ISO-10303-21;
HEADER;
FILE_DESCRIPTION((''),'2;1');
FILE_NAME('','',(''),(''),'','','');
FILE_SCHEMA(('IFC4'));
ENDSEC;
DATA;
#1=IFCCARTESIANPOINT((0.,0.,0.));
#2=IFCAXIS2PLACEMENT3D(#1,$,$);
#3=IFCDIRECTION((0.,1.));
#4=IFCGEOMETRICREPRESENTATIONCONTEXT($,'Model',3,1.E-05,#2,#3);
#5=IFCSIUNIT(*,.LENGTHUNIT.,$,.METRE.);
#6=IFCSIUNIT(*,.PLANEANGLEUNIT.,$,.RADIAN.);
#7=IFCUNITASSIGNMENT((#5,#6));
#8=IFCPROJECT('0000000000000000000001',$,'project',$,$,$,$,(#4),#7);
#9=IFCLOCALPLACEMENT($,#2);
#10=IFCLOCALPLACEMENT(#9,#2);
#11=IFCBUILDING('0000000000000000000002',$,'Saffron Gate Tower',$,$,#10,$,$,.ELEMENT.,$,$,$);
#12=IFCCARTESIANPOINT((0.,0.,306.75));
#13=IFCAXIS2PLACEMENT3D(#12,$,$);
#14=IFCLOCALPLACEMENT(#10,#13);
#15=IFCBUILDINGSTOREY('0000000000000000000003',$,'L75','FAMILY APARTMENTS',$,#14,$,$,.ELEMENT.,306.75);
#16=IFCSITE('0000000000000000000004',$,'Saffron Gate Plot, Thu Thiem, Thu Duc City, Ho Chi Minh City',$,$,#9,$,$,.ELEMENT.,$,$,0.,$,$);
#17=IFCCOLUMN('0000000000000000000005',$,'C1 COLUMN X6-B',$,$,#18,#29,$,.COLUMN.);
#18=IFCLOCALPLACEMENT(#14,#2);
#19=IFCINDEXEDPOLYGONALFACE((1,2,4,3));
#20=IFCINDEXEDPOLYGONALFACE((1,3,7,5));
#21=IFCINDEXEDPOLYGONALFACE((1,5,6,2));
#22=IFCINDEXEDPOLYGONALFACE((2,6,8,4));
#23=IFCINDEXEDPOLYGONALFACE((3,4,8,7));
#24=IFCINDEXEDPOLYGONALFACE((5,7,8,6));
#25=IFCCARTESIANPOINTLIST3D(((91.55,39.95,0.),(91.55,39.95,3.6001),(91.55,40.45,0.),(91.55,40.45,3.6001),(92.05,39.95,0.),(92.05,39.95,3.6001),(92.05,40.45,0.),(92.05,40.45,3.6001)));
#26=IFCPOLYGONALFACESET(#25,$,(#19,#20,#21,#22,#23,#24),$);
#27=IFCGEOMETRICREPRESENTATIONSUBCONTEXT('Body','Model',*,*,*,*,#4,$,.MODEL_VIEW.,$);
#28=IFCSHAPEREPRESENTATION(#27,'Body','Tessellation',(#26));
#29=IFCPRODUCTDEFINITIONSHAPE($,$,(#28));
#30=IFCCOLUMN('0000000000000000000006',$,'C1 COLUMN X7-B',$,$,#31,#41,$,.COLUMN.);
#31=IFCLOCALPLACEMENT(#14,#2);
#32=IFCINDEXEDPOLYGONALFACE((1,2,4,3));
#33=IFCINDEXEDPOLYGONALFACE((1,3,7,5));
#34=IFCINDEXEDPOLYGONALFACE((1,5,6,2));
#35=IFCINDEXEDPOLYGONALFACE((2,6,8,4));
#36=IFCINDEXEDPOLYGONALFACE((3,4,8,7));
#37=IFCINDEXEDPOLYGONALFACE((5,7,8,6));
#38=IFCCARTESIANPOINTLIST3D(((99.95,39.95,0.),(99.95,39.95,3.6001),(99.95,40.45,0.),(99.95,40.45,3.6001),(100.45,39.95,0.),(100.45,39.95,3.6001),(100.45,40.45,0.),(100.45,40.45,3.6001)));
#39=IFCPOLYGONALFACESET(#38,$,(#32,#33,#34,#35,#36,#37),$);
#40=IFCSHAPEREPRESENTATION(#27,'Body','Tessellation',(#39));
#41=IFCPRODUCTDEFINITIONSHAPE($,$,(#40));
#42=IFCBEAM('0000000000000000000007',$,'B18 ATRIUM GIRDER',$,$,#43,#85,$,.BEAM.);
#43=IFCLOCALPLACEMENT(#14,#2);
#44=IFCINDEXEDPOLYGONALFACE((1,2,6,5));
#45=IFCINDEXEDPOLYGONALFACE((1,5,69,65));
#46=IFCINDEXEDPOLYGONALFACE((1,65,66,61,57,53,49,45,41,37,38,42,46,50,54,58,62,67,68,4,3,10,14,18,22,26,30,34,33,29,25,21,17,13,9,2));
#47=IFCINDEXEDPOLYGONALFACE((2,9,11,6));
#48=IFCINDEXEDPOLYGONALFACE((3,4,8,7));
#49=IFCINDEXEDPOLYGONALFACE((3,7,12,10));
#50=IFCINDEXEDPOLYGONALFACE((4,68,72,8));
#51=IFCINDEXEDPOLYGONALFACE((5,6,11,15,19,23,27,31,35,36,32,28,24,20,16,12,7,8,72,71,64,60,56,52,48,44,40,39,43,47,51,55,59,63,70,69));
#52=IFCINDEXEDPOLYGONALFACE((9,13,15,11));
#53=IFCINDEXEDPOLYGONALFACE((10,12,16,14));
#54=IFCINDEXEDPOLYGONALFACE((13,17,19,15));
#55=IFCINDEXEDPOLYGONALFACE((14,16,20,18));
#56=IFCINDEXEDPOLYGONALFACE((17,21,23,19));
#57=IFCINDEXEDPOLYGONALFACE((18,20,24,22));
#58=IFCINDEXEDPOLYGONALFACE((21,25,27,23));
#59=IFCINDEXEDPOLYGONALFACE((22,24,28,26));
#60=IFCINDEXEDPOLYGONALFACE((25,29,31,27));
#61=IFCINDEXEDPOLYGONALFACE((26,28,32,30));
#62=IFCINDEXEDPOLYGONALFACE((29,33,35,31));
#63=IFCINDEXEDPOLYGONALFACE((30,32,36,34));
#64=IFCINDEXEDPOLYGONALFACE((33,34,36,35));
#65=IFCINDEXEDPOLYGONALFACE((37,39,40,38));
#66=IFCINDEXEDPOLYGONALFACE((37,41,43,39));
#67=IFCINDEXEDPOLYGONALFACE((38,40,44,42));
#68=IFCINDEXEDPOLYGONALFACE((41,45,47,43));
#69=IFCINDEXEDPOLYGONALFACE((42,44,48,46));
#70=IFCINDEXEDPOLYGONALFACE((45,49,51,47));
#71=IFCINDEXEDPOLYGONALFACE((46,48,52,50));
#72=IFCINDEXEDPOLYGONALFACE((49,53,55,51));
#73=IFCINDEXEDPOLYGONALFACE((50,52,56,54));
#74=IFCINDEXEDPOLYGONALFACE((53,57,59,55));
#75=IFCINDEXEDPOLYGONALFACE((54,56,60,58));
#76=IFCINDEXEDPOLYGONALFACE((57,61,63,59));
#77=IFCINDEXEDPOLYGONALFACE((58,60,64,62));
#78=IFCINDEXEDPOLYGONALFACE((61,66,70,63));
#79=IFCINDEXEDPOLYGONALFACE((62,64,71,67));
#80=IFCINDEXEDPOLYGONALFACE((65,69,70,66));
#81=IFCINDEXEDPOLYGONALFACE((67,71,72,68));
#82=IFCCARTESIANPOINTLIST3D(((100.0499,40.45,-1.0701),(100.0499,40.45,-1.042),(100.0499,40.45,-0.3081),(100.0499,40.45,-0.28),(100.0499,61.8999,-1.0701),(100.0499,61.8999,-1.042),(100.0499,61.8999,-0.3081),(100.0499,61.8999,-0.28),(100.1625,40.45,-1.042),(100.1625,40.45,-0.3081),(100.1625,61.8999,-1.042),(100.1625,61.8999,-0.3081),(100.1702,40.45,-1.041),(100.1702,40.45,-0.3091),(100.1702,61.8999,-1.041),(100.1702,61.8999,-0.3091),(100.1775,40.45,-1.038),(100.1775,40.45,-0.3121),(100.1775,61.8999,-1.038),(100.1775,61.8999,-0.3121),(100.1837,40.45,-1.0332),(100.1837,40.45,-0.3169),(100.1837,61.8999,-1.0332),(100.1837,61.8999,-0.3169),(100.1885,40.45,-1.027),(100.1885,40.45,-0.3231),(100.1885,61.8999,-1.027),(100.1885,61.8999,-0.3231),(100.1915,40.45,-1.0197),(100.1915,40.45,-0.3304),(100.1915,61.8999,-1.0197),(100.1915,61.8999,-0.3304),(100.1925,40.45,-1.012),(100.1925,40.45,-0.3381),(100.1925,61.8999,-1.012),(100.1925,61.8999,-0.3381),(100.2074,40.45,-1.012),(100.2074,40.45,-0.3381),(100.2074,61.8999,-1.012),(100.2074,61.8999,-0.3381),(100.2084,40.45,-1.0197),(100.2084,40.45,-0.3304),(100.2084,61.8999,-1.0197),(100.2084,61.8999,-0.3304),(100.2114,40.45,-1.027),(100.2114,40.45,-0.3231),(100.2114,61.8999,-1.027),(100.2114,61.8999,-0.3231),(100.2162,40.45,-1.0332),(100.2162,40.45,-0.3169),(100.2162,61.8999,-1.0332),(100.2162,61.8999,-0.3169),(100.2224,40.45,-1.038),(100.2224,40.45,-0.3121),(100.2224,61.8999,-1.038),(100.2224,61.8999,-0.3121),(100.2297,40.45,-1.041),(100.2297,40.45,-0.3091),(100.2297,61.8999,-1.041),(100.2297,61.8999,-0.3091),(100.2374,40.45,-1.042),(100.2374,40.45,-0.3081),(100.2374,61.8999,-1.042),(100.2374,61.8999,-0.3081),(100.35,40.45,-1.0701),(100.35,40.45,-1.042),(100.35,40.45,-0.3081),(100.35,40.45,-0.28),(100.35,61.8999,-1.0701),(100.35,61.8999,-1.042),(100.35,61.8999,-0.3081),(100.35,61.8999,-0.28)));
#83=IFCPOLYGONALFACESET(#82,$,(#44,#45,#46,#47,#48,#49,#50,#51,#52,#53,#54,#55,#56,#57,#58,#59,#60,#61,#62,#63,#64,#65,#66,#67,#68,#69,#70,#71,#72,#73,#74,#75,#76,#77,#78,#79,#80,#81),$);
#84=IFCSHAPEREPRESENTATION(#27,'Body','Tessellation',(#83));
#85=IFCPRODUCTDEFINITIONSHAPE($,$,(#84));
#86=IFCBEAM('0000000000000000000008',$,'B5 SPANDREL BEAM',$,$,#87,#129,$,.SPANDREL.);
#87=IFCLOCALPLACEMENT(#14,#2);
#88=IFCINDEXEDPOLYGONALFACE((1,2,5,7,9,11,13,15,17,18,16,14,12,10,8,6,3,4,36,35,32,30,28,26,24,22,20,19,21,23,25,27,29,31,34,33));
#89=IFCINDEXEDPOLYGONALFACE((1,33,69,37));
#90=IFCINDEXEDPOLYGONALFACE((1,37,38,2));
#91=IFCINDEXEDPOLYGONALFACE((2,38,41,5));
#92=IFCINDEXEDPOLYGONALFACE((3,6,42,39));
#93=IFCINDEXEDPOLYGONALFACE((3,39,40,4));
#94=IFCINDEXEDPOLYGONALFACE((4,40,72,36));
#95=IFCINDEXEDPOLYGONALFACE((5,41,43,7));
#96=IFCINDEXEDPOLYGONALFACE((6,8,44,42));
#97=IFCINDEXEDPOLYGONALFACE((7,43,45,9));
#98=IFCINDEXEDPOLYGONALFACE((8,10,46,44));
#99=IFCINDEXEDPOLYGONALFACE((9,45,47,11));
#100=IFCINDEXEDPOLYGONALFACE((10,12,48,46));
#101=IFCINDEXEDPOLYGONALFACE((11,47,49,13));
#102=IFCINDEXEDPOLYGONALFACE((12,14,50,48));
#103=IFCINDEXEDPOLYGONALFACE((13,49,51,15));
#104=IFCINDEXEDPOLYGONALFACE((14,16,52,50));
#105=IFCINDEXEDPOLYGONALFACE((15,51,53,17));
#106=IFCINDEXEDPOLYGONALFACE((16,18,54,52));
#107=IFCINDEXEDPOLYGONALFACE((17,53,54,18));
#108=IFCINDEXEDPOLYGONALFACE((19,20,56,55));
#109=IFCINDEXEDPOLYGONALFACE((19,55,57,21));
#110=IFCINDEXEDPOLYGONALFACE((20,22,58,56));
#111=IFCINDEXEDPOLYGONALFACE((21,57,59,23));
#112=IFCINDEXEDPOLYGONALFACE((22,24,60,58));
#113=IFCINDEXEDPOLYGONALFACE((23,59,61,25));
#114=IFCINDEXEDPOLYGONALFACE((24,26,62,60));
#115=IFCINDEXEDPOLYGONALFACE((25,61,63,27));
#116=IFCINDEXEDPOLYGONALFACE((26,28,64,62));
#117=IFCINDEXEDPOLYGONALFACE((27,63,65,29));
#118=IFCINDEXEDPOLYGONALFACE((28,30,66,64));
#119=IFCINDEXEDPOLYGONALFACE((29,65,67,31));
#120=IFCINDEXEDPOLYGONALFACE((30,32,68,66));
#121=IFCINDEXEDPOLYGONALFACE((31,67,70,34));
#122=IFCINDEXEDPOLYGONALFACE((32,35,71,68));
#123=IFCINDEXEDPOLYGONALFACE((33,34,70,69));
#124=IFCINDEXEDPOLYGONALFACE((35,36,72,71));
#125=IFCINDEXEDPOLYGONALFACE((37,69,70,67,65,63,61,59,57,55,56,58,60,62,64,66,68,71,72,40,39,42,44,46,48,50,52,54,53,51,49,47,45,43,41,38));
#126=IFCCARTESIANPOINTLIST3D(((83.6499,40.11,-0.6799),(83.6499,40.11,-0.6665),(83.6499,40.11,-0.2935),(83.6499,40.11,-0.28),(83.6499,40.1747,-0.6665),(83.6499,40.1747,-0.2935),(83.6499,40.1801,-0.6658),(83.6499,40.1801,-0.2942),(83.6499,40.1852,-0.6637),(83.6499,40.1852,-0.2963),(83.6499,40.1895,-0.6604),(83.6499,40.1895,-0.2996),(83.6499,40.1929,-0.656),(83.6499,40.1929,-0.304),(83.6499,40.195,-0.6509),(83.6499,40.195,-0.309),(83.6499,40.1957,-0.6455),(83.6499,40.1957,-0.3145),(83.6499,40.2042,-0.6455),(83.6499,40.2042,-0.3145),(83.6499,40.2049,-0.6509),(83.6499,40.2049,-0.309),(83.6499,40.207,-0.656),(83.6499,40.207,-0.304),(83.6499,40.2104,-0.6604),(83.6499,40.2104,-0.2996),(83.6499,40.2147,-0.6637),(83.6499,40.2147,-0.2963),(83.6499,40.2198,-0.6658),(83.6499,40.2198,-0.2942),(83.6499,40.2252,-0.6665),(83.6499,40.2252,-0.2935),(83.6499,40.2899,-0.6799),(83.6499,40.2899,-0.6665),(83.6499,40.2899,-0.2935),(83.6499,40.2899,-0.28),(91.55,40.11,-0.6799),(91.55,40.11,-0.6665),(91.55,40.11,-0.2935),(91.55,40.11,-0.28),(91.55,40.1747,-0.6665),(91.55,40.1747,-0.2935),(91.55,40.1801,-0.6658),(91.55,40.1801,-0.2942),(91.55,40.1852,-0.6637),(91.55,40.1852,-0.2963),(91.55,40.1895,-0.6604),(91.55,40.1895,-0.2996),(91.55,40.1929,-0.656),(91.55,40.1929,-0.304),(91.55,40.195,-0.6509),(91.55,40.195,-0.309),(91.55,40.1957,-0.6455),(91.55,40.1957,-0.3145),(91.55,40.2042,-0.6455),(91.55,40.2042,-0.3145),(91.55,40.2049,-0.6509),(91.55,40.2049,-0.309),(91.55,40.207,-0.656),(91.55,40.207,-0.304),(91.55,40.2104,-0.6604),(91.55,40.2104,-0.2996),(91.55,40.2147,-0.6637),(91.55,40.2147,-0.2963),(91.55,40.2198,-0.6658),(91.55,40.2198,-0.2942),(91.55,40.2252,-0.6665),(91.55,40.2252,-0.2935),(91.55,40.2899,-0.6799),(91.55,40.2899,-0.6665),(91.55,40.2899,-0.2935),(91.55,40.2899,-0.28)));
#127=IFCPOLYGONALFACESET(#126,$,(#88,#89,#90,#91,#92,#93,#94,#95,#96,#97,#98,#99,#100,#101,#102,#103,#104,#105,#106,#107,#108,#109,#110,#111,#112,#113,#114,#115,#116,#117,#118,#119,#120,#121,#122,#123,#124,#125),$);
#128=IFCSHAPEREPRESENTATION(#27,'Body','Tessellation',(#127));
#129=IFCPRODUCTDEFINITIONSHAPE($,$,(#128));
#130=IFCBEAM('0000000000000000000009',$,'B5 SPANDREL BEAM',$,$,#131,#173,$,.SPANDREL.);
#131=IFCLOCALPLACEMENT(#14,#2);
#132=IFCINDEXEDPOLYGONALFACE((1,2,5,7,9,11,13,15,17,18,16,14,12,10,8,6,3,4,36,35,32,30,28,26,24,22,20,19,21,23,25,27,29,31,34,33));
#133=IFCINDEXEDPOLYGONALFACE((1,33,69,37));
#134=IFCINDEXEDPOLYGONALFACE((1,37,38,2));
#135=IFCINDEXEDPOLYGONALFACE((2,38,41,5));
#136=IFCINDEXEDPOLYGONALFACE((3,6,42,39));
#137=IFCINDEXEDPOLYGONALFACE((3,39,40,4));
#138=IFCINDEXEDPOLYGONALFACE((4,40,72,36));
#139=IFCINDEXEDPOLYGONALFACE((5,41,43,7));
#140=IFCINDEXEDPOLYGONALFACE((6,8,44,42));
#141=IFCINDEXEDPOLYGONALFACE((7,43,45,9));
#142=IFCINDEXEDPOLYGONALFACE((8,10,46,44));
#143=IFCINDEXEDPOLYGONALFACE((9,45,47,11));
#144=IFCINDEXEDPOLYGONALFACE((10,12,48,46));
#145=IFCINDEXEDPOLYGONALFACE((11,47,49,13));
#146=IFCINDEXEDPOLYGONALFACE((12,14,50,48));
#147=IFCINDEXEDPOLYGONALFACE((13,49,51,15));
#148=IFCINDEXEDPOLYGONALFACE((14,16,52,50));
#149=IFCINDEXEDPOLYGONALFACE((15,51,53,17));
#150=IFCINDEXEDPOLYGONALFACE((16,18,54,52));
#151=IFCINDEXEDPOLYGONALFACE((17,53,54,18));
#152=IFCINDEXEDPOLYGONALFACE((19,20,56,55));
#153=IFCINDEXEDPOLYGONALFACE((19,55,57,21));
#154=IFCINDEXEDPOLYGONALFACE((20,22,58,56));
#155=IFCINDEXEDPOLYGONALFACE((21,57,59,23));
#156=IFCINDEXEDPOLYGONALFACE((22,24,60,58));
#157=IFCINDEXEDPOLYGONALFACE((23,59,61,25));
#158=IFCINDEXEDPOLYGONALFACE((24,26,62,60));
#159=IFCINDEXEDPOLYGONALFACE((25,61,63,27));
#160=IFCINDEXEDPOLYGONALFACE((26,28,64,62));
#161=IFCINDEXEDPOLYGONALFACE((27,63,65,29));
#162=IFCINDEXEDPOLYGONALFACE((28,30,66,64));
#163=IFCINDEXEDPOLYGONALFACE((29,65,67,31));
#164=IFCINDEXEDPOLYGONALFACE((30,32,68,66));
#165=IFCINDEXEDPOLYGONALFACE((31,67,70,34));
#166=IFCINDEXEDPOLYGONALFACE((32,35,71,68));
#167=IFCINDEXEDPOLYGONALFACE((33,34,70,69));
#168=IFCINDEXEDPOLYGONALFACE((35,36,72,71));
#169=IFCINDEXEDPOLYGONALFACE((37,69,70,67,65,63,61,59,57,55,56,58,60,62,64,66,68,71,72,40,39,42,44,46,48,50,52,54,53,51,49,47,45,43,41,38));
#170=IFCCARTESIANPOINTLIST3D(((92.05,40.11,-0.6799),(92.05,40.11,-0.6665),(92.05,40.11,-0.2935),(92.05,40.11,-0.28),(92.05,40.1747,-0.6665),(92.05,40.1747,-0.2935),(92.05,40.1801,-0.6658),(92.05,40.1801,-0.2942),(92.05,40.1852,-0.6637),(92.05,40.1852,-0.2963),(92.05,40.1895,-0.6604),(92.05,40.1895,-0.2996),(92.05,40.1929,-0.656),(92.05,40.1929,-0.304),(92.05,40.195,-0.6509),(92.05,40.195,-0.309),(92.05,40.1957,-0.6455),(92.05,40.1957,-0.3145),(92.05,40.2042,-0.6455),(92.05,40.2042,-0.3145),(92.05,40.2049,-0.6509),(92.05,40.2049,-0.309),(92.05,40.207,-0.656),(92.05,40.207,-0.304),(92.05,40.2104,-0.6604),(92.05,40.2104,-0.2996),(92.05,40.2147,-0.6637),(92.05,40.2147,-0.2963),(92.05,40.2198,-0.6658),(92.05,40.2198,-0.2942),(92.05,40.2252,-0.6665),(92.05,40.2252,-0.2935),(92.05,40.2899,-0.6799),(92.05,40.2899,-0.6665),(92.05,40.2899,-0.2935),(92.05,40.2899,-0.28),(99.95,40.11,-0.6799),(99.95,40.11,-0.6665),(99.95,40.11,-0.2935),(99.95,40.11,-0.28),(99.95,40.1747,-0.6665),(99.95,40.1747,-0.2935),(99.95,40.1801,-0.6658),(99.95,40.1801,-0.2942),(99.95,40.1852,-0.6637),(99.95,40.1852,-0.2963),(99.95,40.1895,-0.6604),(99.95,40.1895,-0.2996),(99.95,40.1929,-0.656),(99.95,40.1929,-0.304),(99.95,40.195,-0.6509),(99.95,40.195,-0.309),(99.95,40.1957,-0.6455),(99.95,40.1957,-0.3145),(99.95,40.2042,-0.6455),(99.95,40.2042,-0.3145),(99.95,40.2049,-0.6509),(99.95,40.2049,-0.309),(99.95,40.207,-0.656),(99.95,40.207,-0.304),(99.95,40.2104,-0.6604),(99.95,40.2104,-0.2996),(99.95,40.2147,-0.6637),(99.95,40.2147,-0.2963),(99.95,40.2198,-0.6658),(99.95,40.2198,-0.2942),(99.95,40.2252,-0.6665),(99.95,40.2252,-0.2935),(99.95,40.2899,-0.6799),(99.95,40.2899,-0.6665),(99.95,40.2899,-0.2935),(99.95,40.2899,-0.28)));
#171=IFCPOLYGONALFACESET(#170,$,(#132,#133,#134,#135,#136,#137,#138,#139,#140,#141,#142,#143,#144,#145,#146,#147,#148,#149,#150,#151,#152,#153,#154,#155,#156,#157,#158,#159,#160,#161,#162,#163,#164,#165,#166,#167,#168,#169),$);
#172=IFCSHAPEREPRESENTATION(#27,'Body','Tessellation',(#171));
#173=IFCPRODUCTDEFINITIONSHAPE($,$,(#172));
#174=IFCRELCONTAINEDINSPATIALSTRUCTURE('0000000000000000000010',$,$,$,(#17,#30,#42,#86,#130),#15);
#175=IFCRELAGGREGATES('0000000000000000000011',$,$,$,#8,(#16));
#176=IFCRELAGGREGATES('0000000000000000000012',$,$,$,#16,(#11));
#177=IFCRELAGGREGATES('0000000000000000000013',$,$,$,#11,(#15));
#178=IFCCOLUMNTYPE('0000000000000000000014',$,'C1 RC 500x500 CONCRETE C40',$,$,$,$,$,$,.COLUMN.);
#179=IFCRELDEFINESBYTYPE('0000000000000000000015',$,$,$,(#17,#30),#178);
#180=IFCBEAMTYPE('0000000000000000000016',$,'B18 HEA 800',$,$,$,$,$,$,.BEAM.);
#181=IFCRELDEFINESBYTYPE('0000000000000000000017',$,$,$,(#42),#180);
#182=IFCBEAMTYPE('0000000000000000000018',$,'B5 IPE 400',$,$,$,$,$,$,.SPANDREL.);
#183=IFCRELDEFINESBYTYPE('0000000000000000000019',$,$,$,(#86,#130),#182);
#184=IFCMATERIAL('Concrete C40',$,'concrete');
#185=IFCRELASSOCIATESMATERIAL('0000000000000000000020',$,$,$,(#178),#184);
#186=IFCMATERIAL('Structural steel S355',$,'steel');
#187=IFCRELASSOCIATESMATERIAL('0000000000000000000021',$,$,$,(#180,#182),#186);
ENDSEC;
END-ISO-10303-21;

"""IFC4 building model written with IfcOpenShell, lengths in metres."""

from ifc_helpers import new_model, si_unit, direction, frame, origin, origin_2d, place, context, subcontext, project, spatial, rectangle, i_section, extrude, material, material_profile, profile_set, type_object, element, save


model = new_model("IFC4")

# Units and contexts
model_context = context("Model", 3, precision=1e-05, world=origin(), true_north=direction((0.0, 1.0)))
body_context = subcontext(model_context, "Body", "Model", "MODEL_VIEW")
ifc_project = project(units=[si_unit("LENGTHUNIT", "METRE"), si_unit("PLANEANGLEUNIT", "RADIAN")], contexts=[model_context])

# Site, building, storey
site_placement = place(None, origin())
site = spatial("IfcSite", under=ifc_project, at=site_placement, Name="Saffron Gate Plot, Thu Thiem, Thu Duc City, Ho Chi Minh City", CompositionType="ELEMENT", RefElevation=0.0)
building_placement = place(site_placement, origin())
building = spatial("IfcBuilding", under=site, at=building_placement, Name="Saffron Gate Tower", CompositionType="ELEMENT")
storey_placement = place(building_placement, frame((0.0, 0.0, 306.75)))
storey = spatial("IfcBuildingStorey", under=building, at=storey_placement, Name="L75", Description="FAMILY APARTMENTS", CompositionType="ELEMENT", Elevation=306.75)

# Columns
ifc_material_1 = material(Name="Concrete C40", Category="concrete")
ifc_material_profile_1 = material_profile(ifc_material_1, rectangle(XDim=0.5, YDim=0.5, at=origin_2d()))
ifc_profile_set_1 = profile_set([ifc_material_profile_1], Name="Concrete C40")
column_type = type_object("IfcColumnType", Name="C1 RC 500x500 CONCRETE C40", PredefinedType="COLUMN", material=ifc_profile_set_1)
for number, where, z_axis, x_axis, name in (
    (1, (91.8, 40.2, 0.0), (0.0, 0.0, 1.0), (1.0, 0.0, 0.0), "C1 COLUMN X6-B"),
    (2, (100.2, 40.2, 0.0), (0.0, 0.0, 1.0), (1.0, 0.0, 0.0), "C1 COLUMN X7-B"),
):
    element("IfcColumn", number, at=place(storey_placement, frame(where, z_axis=z_axis, x_axis=x_axis)), inside=storey, type_object=column_type, Name=name, PredefinedType="COLUMN", context=body_context, shape_type="SweptSolid", body=[
        extrude(rectangle(XDim=0.5, YDim=0.5, at=origin_2d()), origin(), (0.0, 0.0, 1.0), 3.6001),
    ])

# Beams
ifc_material_2 = material(Name="Structural steel S355", Category="steel")
ifc_material_profile_2 = material_profile(ifc_material_2, i_section(OverallWidth=0.3, OverallDepth=0.79, WebThickness=0.0149, FlangeThickness=0.0281, FilletRadius=0.03, at=origin_2d()))
ifc_profile_set_2 = profile_set([ifc_material_profile_2], Name="Structural steel S355")
beam_type_1 = type_object("IfcBeamType", Name="B18 HEA 800", PredefinedType="BEAM", material=ifc_profile_set_2)
beam_1_placement = place(storey_placement, frame((100.2, 40.45, -0.675), z_axis=(0.0, 1.0, 0.0), x_axis=(-1.0, 0.0, 0.0)))
element("IfcBeam", 3, at=beam_1_placement, inside=storey, type_object=beam_type_1, Name="B18 ATRIUM GIRDER", PredefinedType="BEAM", context=body_context, shape_type="SweptSolid", body=[
    extrude(i_section(OverallWidth=0.3, OverallDepth=0.79, WebThickness=0.0149, FlangeThickness=0.0281, FilletRadius=0.03, at=origin_2d()), origin(), (0.0, 0.0, 1.0), 21.45),
])
ifc_material_profile_3 = material_profile(ifc_material_2, i_section(OverallWidth=0.1799, OverallDepth=0.3999, WebThickness=0.0085, FlangeThickness=0.0134, FilletRadius=0.021, at=origin_2d()))
ifc_profile_set_3 = profile_set([ifc_material_profile_3], Name="Structural steel S355")
beam_type_2 = type_object("IfcBeamType", Name="B5 IPE 400", PredefinedType="SPANDREL", material=ifc_profile_set_3)
beam_2_placement = place(storey_placement, frame((83.6499, 40.2, -0.48), z_axis=(1.0, 0.0, 0.0), x_axis=(0.0, 1.0, 0.0)))
element("IfcBeam", 4, at=beam_2_placement, inside=storey, type_object=beam_type_2, Name="B5 SPANDREL BEAM", PredefinedType="SPANDREL", context=body_context, shape_type="SweptSolid", body=[
    extrude(i_section(OverallWidth=0.1799, OverallDepth=0.3999, WebThickness=0.0085, FlangeThickness=0.0134, FilletRadius=0.021, at=origin_2d()), origin(), (0.0, 0.0, 1.0), 7.9001),
])
beam_3_placement = place(storey_placement, frame((92.05, 40.2, -0.48), z_axis=(1.0, 0.0, 0.0), x_axis=(0.0, 1.0, 0.0)))
element("IfcBeam", 5, at=beam_3_placement, inside=storey, type_object=beam_type_2, Name="B5 SPANDREL BEAM", PredefinedType="SPANDREL", context=body_context, shape_type="SweptSolid", body=[
    extrude(i_section(OverallWidth=0.1799, OverallDepth=0.3999, WebThickness=0.0085, FlangeThickness=0.0134, FilletRadius=0.021, at=origin_2d()), origin(), (0.0, 0.0, 1.0), 7.8999),
])

save(model, "model.ifc")
